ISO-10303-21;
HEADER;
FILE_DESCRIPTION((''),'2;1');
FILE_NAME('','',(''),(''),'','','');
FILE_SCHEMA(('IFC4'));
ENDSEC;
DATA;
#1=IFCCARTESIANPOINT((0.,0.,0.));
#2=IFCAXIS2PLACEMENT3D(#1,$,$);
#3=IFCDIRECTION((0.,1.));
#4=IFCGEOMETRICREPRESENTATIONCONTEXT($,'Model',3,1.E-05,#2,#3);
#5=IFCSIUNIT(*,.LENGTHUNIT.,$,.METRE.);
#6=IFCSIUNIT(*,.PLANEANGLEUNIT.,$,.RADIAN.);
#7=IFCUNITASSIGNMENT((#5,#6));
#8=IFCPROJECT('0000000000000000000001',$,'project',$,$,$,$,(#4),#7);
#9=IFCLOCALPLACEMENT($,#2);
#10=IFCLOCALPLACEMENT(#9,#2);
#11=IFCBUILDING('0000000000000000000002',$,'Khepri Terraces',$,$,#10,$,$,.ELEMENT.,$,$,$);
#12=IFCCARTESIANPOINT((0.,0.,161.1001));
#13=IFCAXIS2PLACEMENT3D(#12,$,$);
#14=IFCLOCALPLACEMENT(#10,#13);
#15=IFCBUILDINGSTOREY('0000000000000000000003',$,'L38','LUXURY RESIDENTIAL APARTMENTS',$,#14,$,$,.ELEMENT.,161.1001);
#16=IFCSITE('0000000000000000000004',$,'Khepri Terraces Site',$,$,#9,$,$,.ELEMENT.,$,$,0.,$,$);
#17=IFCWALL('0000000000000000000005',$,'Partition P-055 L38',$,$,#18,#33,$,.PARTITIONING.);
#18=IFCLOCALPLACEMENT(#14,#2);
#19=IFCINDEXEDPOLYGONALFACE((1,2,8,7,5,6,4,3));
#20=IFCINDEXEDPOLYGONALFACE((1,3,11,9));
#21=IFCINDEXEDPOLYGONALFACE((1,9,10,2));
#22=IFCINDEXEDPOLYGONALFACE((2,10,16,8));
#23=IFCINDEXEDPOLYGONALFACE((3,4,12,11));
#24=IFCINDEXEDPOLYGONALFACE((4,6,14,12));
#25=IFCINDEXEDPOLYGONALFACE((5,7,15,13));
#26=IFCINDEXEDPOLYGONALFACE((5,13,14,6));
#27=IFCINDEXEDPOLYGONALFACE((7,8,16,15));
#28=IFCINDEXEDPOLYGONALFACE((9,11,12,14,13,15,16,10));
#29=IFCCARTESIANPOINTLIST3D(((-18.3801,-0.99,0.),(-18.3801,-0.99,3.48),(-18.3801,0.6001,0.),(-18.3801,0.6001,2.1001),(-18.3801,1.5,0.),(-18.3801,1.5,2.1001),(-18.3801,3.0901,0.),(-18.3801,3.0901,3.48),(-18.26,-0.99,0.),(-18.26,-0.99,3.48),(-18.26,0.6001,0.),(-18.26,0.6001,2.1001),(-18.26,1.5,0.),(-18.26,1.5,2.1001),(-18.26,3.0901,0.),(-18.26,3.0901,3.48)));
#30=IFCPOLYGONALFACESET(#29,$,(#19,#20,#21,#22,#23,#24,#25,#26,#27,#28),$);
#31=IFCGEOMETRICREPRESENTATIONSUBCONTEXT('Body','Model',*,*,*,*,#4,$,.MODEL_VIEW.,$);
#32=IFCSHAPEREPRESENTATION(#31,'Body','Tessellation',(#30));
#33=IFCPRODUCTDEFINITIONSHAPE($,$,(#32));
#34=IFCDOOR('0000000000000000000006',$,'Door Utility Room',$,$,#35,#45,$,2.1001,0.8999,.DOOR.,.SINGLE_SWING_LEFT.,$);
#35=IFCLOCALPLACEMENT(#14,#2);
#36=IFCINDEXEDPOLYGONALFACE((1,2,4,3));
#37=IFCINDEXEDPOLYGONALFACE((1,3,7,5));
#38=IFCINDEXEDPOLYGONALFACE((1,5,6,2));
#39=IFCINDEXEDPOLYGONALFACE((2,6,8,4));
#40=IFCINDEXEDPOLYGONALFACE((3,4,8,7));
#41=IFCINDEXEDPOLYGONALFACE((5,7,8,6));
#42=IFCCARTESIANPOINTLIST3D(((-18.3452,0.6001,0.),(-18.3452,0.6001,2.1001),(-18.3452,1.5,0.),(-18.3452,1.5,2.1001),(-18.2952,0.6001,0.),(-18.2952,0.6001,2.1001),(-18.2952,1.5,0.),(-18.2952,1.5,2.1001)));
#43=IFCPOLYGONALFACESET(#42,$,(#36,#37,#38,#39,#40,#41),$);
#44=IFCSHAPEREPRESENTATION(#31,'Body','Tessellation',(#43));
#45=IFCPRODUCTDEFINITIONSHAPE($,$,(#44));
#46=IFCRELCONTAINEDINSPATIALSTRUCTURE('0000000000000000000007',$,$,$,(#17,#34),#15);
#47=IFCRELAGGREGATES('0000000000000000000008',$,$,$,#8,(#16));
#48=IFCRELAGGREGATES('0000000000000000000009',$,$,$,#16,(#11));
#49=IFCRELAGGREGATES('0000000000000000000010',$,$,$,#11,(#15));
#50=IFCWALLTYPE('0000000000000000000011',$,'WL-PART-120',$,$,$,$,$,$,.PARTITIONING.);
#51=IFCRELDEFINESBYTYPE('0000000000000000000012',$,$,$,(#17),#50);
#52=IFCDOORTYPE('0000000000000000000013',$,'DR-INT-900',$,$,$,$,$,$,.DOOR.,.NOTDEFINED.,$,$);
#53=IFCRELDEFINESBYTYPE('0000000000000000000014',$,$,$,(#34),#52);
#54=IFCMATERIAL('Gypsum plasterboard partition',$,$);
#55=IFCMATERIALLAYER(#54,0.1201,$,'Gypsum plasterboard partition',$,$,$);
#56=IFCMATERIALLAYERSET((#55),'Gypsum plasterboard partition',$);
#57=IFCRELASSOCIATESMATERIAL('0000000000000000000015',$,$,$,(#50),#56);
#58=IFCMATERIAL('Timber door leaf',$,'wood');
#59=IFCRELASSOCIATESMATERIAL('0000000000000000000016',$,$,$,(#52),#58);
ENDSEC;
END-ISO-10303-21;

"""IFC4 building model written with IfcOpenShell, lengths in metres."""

from ifc_helpers import new_model, si_unit, direction, frame, frame_2d, origin, place, context, subcontext, project, spatial, rectangle, extrude, material, layer, layer_set, type_object, element, fill, save


model = new_model("IFC4")

# Units and contexts
model_context = context("Model", 3, precision=1e-05, world=origin(), true_north=direction((0.0, 1.0)))
body_context = subcontext(model_context, "Body", "Model", "MODEL_VIEW")
ifc_project = project(units=[si_unit("LENGTHUNIT", "METRE"), si_unit("PLANEANGLEUNIT", "RADIAN")], contexts=[model_context])

# Site, building, storey
site_placement = place(None, origin())
site = spatial("IfcSite", under=ifc_project, at=site_placement, Name="Khepri Terraces Site", CompositionType="ELEMENT", RefElevation=0.0)
building_placement = place(site_placement, origin())
building = spatial("IfcBuilding", under=site, at=building_placement, Name="Khepri Terraces", CompositionType="ELEMENT")
storey_placement = place(building_placement, frame((0.0, 0.0, 161.1001)))
storey = spatial("IfcBuildingStorey", under=building, at=storey_placement, Name="L38", Description="LUXURY RESIDENTIAL APARTMENTS", CompositionType="ELEMENT", Elevation=161.1001)

# Wall, opening, door
ifc_material_1 = material(Name="Gypsum plasterboard partition")
ifc_layer_1 = layer(ifc_material_1, 0.1201, Name="Gypsum plasterboard partition")
ifc_layer_set_1 = layer_set([ifc_layer_1], Name="Gypsum plasterboard partition")
wall_type_1 = type_object("IfcWallType", Name="WL-PART-120", PredefinedType="PARTITIONING", material=ifc_layer_set_1)
wall_1_placement = place(storey_placement, frame((-18.3201, -0.99, 0.0), z_axis=(0.0, 0.0, 1.0), x_axis=(0.0, 1.0, 0.0)))
wall_1 = element("IfcWall", 1, at=wall_1_placement, inside=storey, type_object=wall_type_1, Name="Partition P-055 L38", PredefinedType="PARTITIONING", context=body_context, shape_type="SweptSolid", body=[
    extrude(rectangle(XDim=4.0801, YDim=0.1201, at=frame_2d((2.04, 0.0))), origin(), (0.0, 0.0, 1.0), 3.48),
])
opening_1_placement = place(wall_1_placement, frame((1.5901, 0.0, 0.0)))
opening_1 = element("IfcOpeningElement", 2, at=opening_1_placement, cuts=wall_1, PredefinedType="OPENING", context=body_context, shape_type="SweptSolid", body=[
    extrude(rectangle(XDim=0.8999, YDim=2.1001, at=frame_2d((0.45, 1.05))), frame((0.0, 0.0701, 0.0), z_axis=(0.0, -1.0, 0.0), x_axis=(1.0, 0.0, 0.0)), (0.0, 0.0, 1.0), 0.1401),
])
ifc_material_2 = material(Name="Timber door leaf", Category="wood")
door_type_1 = type_object("IfcDoorType", Name="DR-INT-900", OperationType="NOTDEFINED", PredefinedType="DOOR", material=ifc_material_2)
door_1_placement = place(opening_1_placement, frame((0.8999, 0.0, 0.0), z_axis=(0.0, 0.0, 1.0), x_axis=(-1.0, 0.0, 0.0)))
door_1 = element("IfcDoor", 3, at=door_1_placement, inside=storey, type_object=door_type_1, Name="Door Utility Room", OperationType="SINGLE_SWING_LEFT", OverallHeight=2.1001, OverallWidth=0.8999, PredefinedType="DOOR", context=body_context, shape_type="SweptSolid", body=[
    extrude(rectangle(XDim=0.8999, YDim=2.1001, at=frame_2d((0.45, 1.05))), frame((0.0, 0.0249, 0.0), z_axis=(0.0, -1.0, 0.0), x_axis=(1.0, 0.0, 0.0)), (0.0, 0.0, 1.0), 0.05),
])
fill(opening_1, door_1)

save(model, "model.ifc")
